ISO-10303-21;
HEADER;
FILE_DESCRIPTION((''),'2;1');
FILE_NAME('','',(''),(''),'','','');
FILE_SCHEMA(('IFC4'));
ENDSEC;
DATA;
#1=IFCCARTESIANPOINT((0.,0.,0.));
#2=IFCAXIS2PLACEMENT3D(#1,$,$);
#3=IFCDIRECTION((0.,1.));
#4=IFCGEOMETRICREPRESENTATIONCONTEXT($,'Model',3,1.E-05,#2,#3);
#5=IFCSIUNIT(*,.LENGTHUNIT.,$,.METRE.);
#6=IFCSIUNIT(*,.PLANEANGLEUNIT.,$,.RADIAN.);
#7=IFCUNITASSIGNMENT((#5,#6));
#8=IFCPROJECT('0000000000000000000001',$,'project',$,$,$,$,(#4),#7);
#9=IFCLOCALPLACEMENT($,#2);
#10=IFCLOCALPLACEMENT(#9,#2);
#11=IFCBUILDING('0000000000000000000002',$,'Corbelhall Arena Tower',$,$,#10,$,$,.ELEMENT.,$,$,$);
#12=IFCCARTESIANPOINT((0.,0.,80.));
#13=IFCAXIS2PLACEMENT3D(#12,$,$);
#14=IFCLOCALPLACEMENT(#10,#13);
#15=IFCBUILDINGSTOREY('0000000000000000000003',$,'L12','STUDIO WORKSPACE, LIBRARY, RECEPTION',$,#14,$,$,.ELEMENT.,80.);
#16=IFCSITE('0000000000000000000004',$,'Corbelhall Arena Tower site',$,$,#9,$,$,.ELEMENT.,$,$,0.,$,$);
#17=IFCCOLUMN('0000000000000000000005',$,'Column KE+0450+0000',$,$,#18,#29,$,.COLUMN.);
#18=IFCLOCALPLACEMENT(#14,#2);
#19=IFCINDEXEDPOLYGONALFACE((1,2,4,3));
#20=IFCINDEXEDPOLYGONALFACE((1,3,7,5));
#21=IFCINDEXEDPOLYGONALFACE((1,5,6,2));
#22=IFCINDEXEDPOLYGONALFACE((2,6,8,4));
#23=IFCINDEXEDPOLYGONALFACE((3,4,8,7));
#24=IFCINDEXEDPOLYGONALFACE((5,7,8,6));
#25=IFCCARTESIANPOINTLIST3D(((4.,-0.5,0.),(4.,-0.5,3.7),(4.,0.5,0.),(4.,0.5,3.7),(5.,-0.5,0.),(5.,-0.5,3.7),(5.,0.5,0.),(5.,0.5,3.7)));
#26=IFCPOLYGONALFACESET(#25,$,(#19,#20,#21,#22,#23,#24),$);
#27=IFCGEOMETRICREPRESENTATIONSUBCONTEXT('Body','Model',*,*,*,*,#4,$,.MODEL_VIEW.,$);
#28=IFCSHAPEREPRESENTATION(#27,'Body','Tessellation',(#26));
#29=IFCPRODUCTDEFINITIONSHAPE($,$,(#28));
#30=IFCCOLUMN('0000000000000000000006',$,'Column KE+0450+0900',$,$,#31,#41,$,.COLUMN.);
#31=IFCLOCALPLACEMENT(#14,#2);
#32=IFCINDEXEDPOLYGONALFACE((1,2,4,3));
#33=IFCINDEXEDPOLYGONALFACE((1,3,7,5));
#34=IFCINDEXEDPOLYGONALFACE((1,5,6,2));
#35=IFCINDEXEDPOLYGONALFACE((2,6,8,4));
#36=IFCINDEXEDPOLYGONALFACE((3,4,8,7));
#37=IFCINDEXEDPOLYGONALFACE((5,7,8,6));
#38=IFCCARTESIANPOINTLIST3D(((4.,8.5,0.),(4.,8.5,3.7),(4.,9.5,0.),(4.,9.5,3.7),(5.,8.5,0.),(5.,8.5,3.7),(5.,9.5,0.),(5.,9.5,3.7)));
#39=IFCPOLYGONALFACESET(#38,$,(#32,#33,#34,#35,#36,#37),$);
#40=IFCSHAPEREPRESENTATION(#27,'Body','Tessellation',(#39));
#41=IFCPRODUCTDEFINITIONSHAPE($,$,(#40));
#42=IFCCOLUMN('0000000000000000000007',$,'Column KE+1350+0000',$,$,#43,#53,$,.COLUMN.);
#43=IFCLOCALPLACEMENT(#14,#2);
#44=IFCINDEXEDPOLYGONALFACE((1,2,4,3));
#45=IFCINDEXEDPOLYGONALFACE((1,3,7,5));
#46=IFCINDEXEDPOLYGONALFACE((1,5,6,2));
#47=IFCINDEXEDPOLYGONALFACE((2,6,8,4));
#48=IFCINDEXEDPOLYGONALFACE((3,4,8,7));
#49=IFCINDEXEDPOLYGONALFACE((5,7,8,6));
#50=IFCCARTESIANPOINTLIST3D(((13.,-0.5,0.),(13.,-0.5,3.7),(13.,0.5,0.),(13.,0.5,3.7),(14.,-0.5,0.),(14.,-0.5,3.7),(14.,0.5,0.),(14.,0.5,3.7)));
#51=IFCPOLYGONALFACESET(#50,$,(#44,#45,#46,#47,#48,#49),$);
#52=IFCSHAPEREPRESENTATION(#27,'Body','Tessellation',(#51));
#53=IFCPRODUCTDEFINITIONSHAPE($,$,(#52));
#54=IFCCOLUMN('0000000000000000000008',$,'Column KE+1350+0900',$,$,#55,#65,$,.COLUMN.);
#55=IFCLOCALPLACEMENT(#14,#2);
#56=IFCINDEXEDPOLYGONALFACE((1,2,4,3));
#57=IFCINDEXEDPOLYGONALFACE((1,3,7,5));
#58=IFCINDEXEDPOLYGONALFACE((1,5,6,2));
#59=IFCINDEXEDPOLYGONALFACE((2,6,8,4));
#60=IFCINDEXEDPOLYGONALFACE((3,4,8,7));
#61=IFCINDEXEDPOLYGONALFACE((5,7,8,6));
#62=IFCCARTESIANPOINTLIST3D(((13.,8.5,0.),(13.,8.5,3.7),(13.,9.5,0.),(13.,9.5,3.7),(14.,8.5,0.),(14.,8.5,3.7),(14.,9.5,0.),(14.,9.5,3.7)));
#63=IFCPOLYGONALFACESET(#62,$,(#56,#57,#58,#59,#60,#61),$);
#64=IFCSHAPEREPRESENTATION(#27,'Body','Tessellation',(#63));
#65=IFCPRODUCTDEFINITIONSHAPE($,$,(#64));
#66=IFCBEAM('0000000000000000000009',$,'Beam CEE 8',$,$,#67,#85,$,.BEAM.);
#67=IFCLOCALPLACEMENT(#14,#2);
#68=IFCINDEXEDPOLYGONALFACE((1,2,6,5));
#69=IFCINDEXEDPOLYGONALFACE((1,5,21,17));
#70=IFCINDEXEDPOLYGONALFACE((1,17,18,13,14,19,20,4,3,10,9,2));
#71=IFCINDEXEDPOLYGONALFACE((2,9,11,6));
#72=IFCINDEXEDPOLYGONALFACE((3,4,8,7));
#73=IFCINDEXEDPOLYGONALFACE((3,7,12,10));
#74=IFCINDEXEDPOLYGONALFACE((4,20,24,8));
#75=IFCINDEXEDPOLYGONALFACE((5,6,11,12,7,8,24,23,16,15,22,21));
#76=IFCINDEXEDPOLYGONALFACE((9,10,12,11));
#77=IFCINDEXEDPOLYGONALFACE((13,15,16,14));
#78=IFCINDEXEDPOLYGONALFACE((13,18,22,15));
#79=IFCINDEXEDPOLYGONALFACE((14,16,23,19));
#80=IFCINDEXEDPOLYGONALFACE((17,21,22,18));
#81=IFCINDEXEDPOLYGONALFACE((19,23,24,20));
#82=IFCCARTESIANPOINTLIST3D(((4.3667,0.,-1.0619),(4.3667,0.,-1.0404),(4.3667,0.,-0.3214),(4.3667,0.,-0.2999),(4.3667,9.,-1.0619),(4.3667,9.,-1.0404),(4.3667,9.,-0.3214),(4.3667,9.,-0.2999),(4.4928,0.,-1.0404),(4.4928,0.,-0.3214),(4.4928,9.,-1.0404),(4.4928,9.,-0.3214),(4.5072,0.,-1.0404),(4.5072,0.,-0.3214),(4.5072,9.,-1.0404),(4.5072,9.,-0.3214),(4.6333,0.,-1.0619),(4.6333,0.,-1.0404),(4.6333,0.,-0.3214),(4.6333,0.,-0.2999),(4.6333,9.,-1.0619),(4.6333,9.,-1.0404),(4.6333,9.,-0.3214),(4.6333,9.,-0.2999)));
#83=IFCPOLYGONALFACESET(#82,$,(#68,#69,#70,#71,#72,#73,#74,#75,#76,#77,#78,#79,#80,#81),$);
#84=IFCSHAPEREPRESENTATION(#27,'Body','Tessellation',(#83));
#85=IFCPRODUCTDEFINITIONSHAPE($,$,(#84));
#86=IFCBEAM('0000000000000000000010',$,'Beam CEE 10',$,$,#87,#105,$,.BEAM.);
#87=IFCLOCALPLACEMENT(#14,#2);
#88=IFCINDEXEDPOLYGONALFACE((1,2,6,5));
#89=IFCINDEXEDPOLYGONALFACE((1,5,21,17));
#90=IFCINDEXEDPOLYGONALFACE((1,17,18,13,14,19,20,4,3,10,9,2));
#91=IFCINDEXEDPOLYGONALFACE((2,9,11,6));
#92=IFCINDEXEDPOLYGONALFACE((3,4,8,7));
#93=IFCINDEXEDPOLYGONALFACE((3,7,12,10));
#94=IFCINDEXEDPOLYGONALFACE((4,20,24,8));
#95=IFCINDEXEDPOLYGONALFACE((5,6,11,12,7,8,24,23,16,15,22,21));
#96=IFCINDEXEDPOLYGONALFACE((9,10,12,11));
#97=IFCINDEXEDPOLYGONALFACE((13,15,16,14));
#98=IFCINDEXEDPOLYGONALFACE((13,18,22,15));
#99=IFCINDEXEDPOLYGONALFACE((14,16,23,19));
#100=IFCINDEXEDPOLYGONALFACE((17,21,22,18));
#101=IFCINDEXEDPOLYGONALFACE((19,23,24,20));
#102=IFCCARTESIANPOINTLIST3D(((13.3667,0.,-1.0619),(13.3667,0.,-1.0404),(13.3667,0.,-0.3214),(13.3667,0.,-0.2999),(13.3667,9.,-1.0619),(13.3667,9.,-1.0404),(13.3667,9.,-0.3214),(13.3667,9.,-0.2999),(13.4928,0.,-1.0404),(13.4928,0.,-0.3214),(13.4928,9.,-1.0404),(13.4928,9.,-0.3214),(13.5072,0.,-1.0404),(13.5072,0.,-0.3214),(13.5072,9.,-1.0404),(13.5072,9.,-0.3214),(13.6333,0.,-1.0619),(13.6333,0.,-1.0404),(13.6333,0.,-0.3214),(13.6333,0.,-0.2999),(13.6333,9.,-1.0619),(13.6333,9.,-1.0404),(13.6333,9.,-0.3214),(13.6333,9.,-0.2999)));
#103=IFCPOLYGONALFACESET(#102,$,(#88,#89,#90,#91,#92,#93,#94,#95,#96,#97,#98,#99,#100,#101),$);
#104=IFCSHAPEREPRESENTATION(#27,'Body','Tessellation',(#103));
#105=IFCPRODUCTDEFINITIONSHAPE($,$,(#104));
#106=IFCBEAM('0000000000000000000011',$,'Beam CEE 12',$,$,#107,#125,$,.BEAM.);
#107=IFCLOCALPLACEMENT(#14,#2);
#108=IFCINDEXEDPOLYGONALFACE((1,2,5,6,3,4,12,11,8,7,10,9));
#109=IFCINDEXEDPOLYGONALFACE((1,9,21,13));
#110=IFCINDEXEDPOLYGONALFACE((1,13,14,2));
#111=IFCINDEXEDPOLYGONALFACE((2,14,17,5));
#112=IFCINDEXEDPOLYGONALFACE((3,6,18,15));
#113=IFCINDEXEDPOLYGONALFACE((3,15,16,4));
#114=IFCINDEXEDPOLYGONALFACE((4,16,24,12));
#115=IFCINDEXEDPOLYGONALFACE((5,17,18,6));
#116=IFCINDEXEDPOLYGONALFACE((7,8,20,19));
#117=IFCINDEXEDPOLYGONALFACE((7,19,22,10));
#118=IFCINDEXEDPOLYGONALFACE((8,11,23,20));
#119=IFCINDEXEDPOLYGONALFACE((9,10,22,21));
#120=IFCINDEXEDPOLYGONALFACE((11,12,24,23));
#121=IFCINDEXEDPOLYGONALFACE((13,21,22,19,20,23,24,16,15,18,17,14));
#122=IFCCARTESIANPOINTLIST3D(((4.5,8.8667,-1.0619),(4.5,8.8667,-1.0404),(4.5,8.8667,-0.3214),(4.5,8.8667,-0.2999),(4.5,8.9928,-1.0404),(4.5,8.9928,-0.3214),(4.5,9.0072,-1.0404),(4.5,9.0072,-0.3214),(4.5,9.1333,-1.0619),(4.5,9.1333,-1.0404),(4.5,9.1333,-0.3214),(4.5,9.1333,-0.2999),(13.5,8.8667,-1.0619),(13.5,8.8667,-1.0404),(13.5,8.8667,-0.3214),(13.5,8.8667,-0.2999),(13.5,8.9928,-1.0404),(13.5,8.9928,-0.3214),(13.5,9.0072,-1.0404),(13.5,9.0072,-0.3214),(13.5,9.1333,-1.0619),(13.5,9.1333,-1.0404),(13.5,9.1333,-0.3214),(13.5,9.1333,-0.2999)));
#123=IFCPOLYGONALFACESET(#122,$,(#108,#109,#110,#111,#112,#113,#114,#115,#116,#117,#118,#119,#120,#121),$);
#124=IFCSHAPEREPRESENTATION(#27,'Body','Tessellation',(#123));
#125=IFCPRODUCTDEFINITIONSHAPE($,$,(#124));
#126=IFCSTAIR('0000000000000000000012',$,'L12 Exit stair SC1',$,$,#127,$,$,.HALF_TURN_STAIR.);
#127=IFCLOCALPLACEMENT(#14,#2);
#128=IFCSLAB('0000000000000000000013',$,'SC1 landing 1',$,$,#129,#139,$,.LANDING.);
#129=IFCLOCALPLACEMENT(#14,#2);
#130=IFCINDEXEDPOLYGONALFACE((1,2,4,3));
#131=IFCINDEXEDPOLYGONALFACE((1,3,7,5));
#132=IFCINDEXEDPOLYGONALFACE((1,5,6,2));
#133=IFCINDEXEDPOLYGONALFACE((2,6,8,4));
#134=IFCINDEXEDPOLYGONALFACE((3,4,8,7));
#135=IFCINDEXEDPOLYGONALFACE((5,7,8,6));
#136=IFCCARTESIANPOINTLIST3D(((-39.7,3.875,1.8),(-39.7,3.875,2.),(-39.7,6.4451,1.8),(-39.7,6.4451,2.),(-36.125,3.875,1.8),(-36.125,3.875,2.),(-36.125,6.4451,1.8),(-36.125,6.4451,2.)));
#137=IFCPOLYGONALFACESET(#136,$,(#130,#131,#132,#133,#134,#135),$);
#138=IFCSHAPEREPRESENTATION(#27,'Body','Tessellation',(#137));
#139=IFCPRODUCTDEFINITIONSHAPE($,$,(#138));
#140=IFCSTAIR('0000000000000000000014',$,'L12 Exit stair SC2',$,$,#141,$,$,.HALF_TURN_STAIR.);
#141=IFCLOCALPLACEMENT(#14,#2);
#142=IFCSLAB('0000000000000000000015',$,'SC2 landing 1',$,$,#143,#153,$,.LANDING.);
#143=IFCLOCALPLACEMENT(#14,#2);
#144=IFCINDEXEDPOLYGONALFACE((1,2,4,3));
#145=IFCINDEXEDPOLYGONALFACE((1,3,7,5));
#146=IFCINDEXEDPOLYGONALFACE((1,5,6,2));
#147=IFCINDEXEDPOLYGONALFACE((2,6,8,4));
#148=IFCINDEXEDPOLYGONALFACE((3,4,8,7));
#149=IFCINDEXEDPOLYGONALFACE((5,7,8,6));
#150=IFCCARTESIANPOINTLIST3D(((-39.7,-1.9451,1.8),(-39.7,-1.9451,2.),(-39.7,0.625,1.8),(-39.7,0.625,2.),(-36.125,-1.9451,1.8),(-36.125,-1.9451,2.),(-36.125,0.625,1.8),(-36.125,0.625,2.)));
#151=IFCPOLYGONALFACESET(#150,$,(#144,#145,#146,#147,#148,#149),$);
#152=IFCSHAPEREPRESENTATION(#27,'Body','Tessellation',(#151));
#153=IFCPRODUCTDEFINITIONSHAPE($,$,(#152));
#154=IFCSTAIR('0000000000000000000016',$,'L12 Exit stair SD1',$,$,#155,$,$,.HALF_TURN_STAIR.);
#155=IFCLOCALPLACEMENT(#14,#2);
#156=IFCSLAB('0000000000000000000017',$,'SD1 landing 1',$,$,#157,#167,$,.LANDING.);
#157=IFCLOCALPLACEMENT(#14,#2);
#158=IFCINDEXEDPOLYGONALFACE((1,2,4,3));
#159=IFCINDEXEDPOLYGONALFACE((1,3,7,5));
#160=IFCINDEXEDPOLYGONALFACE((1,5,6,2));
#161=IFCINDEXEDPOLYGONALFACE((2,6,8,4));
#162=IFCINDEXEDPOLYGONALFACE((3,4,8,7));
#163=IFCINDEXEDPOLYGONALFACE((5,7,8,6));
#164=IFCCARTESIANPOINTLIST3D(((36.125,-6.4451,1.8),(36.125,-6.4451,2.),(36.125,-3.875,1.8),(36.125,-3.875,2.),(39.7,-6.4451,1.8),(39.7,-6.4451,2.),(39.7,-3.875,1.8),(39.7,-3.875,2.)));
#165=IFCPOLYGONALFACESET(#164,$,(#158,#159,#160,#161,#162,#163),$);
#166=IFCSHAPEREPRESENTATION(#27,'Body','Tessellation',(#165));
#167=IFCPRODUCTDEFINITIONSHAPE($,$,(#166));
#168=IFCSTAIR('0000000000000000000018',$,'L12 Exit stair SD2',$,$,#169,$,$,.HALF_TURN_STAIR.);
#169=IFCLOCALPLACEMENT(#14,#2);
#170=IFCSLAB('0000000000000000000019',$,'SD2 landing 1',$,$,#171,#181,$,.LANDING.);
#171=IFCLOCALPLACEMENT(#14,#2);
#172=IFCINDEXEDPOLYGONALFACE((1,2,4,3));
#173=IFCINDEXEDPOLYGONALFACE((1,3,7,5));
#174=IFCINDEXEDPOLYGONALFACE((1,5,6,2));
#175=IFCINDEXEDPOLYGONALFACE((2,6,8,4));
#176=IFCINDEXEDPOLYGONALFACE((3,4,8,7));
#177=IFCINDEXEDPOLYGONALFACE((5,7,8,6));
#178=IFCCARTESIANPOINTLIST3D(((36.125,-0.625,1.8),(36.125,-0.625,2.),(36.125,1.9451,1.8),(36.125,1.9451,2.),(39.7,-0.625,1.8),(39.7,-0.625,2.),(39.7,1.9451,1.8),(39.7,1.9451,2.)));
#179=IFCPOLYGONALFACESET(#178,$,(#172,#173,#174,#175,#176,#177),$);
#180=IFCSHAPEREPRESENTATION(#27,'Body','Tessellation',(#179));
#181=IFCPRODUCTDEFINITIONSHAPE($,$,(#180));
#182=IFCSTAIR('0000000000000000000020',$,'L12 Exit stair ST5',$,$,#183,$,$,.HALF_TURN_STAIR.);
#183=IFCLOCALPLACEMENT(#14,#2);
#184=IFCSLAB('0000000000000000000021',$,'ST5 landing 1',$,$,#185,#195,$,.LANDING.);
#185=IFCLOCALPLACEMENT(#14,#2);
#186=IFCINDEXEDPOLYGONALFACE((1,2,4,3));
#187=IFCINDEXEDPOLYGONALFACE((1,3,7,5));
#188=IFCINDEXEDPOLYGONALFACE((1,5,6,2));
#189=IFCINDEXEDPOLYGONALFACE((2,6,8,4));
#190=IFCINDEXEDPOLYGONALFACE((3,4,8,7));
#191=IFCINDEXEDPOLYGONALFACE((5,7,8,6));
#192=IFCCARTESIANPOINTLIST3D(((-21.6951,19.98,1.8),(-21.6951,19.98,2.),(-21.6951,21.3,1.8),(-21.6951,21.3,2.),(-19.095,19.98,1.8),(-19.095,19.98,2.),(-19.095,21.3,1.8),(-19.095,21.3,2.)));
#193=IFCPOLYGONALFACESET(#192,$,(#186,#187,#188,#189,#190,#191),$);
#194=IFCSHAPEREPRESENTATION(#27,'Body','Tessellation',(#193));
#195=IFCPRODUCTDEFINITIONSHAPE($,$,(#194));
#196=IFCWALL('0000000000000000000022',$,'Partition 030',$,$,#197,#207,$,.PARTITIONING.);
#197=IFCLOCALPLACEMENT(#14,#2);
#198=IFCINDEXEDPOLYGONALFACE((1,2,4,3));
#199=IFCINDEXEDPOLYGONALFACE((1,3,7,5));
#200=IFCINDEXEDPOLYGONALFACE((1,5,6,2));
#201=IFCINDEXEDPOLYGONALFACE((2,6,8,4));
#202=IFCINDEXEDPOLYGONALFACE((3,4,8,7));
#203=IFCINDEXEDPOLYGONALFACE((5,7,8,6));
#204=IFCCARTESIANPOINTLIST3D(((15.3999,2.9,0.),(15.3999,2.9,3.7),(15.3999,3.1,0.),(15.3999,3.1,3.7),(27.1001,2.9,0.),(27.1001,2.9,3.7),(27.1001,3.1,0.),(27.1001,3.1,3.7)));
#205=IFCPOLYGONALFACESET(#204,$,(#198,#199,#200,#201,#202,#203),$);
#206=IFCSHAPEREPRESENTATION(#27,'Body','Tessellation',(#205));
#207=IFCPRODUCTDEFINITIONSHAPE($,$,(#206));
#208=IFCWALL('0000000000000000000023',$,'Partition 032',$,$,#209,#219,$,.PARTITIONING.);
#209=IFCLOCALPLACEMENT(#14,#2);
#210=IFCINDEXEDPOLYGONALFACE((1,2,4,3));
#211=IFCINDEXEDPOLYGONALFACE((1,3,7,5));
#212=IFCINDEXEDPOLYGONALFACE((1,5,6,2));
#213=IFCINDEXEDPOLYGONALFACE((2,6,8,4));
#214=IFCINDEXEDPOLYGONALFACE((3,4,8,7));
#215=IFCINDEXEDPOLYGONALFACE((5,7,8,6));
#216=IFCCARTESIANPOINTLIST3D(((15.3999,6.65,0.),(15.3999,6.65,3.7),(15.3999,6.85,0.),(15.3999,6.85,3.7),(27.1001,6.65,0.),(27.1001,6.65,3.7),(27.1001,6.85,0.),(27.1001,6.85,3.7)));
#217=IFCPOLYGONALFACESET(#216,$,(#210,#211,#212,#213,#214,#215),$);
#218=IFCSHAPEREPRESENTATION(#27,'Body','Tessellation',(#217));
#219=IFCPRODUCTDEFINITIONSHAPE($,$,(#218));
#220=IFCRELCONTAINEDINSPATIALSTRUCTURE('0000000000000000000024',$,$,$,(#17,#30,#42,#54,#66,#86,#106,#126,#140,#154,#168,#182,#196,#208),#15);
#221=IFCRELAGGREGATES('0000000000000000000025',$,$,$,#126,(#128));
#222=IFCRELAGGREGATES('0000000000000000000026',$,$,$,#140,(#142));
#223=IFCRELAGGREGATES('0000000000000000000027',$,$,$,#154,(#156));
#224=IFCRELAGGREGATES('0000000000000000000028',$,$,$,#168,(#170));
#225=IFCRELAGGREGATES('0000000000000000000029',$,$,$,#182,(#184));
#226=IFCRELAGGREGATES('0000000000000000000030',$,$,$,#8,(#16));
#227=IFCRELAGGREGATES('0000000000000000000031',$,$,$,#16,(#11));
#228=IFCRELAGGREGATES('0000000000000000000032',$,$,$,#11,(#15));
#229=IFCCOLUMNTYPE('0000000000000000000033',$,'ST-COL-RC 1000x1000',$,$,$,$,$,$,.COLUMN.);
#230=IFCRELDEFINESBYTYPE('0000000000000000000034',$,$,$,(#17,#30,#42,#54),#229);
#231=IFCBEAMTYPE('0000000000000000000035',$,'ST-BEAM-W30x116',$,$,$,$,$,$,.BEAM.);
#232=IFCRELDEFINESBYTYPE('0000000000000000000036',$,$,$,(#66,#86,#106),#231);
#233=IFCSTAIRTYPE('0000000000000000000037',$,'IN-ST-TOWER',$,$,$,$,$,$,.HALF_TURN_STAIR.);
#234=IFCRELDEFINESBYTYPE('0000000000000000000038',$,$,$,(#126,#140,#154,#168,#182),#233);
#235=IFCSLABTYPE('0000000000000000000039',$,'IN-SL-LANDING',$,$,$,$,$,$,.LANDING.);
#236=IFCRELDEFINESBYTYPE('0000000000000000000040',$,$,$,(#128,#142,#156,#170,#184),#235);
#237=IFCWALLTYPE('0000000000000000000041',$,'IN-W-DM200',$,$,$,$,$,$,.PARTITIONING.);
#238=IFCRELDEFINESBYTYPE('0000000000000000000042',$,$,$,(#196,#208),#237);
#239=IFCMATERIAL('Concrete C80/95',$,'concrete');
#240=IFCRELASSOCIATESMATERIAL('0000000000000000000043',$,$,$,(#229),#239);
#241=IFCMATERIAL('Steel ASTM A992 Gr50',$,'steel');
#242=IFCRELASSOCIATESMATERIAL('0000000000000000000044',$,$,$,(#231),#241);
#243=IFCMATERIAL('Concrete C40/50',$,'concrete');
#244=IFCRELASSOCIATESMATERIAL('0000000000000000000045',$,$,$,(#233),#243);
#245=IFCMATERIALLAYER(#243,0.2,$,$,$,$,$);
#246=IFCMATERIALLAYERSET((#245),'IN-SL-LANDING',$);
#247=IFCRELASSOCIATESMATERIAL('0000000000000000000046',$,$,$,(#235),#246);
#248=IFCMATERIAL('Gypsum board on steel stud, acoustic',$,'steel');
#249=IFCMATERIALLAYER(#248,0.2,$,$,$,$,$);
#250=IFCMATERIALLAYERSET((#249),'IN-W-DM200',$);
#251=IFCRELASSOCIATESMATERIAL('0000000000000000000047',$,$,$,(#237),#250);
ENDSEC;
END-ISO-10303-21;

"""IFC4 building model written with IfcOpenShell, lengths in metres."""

from ifc_helpers import new_model, si_unit, direction, frame, frame_2d, origin, origin_2d, place, context, subcontext, project, spatial, polyline, rectangle, i_section, outline, extrude, material, layer, layer_set, material_profile, profile_set, type_object, element, aggregate, save


model = new_model("IFC4")

# Units and contexts
model_context = context("Model", 3, precision=1e-05, world=origin(), true_north=direction((0.0, 1.0)))
body_context = subcontext(model_context, "Body", "Model", "MODEL_VIEW")
ifc_project = project(units=[si_unit("LENGTHUNIT", "METRE"), si_unit("PLANEANGLEUNIT", "RADIAN")], contexts=[model_context])

# Site, building, storey
site_placement = place(None, origin())
site = spatial("IfcSite", under=ifc_project, at=site_placement, Name="Corbelhall Arena Tower site", CompositionType="ELEMENT", RefElevation=0.0)
building_placement = place(site_placement, origin())
building = spatial("IfcBuilding", under=site, at=building_placement, Name="Corbelhall Arena Tower", CompositionType="ELEMENT")
storey_placement = place(building_placement, frame((0.0, 0.0, 80.0)))
storey = spatial("IfcBuildingStorey", under=building, at=storey_placement, Name="L12", Description="STUDIO WORKSPACE, LIBRARY, RECEPTION", CompositionType="ELEMENT", Elevation=80.0)

# Columns
ifc_material_1 = material(Name="Concrete C80/95", Category="concrete")
ifc_material_profile_1 = material_profile(ifc_material_1, rectangle(XDim=1.0, YDim=1.0, at=origin_2d()))
ifc_profile_set_1 = profile_set([ifc_material_profile_1], Name="Concrete C80/95")
column_type = type_object("IfcColumnType", Name="ST-COL-RC 1000x1000", PredefinedType="COLUMN", material=ifc_profile_set_1)
for number, where, z_axis, x_axis, name in (
    (1, (4.5, 0.0, 0.0), (0.0, 0.0, 1.0), (1.0, 0.0, 0.0), "Column KE+0450+0000"),
    (2, (4.5, 9.0, 0.0), (0.0, 0.0, 1.0), (1.0, 0.0, 0.0), "Column KE+0450+0900"),
    (3, (13.5, 0.0, 0.0), (0.0, 0.0, 1.0), (1.0, 0.0, 0.0), "Column KE+1350+0000"),
    (4, (13.5, 9.0, 0.0), (0.0, 0.0, 1.0), (1.0, 0.0, 0.0), "Column KE+1350+0900"),
):
    element("IfcColumn", number, at=place(storey_placement, frame(where, z_axis=z_axis, x_axis=x_axis)), inside=storey, type_object=column_type, Name=name, PredefinedType="COLUMN", context=body_context, shape_type="SweptSolid", body=[
        extrude(rectangle(XDim=1.0, YDim=1.0, at=origin_2d()), origin(), (0.0, 0.0, 1.0), 3.7),
    ])

# Beams
ifc_material_2 = material(Name="Steel ASTM A992 Gr50", Category="steel")
ifc_material_profile_2 = material_profile(ifc_material_2, i_section(OverallWidth=0.2666, OverallDepth=0.762, WebThickness=0.0144, FlangeThickness=0.0215, at=origin_2d()))
ifc_profile_set_2 = profile_set([ifc_material_profile_2], Name="Steel ASTM A992 Gr50")
beam_type = type_object("IfcBeamType", Name="ST-BEAM-W30x116", PredefinedType="BEAM", material=ifc_profile_set_2)
for number, where, z_axis, x_axis, name in (
    (5, (4.5, 0.0, -0.6809), (0.0, 1.0, 0.0), (-1.0, 0.0, 0.0), "Beam CEE 8"),
    (6, (13.5, 0.0, -0.6809), (0.0, 1.0, 0.0), (-1.0, 0.0, 0.0), "Beam CEE 10"),
    (7, (4.5, 9.0, -0.6809), (1.0, 0.0, 0.0), (0.0, 1.0, 0.0), "Beam CEE 12"),
):
    element("IfcBeam", number, at=place(storey_placement, frame(where, z_axis=z_axis, x_axis=x_axis)), inside=storey, type_object=beam_type, Name=name, PredefinedType="BEAM", context=body_context, shape_type="SweptSolid", body=[
        extrude(i_section(OverallWidth=0.2666, OverallDepth=0.762, WebThickness=0.0144, FlangeThickness=0.0215, at=origin_2d()), origin(), (0.0, 0.0, 1.0), 9.0),
    ])

# Stairs, slabs
ifc_material_3 = material(Name="Concrete C40/50", Category="concrete")
stair_type = type_object("IfcStairType", Name="IN-ST-TOWER", PredefinedType="HALF_TURN_STAIR", material=ifc_material_3)
stair_1_placement = place(storey_placement, origin())
stair_1 = element("IfcStair", 8, at=stair_1_placement, inside=storey, type_object=stair_type, Name="L12 Exit stair SC1", PredefinedType="HALF_TURN_STAIR")
ifc_layer_1 = layer(ifc_material_3, 0.2)
ifc_layer_set_1 = layer_set([ifc_layer_1], Name="IN-SL-LANDING")
slab_type = type_object("IfcSlabType", Name="IN-SL-LANDING", PredefinedType="LANDING", material=ifc_layer_set_1)
slab_1_placement = place(storey_placement, frame((0.0, 0.0, 1.8)))
slab_1 = element("IfcSlab", 9, at=slab_1_placement, type_object=slab_type, Name="SC1 landing 1", PredefinedType="LANDING", context=body_context, shape_type="SweptSolid", body=[
    extrude(outline(polyline([(-39.7, 6.4451), (-39.7, 3.875), (-36.125, 3.875), (-36.125, 6.4451), (-39.7, 6.4451)])), origin(), (0.0, 0.0, 1.0), 0.2),
])
aggregate(stair_1, [slab_1])
stair_2_placement = place(storey_placement, origin())
stair_2 = element("IfcStair", 10, at=stair_2_placement, inside=storey, type_object=stair_type, Name="L12 Exit stair SC2", PredefinedType="HALF_TURN_STAIR")
slab_2_placement = place(storey_placement, frame((0.0, 0.0, 1.8)))
slab_2 = element("IfcSlab", 11, at=slab_2_placement, type_object=slab_type, Name="SC2 landing 1", PredefinedType="LANDING", context=body_context, shape_type="SweptSolid", body=[
    extrude(outline(polyline([(-36.125, -1.9451), (-36.125, 0.625), (-39.7, 0.625), (-39.7, -1.9451), (-36.125, -1.9451)])), origin(), (0.0, 0.0, 1.0), 0.2),
])
aggregate(stair_2, [slab_2])
stair_3_placement = place(storey_placement, origin())
stair_3 = element("IfcStair", 12, at=stair_3_placement, inside=storey, type_object=stair_type, Name="L12 Exit stair SD1", PredefinedType="HALF_TURN_STAIR")
slab_3_placement = place(storey_placement, frame((0.0, 0.0, 1.8)))
slab_3 = element("IfcSlab", 13, at=slab_3_placement, type_object=slab_type, Name="SD1 landing 1", PredefinedType="LANDING", context=body_context, shape_type="SweptSolid", body=[
    extrude(outline(polyline([(39.7, -6.4451), (39.7, -3.875), (36.125, -3.875), (36.125, -6.4451), (39.7, -6.4451)])), origin(), (0.0, 0.0, 1.0), 0.2),
])
aggregate(stair_3, [slab_3])
stair_4_placement = place(storey_placement, origin())
stair_4 = element("IfcStair", 14, at=stair_4_placement, inside=storey, type_object=stair_type, Name="L12 Exit stair SD2", PredefinedType="HALF_TURN_STAIR")
slab_4_placement = place(storey_placement, frame((0.0, 0.0, 1.8)))
slab_4 = element("IfcSlab", 15, at=slab_4_placement, type_object=slab_type, Name="SD2 landing 1", PredefinedType="LANDING", context=body_context, shape_type="SweptSolid", body=[
    extrude(outline(polyline([(36.125, 1.9451), (36.125, -0.625), (39.7, -0.625), (39.7, 1.9451), (36.125, 1.9451)])), origin(), (0.0, 0.0, 1.0), 0.2),
])
aggregate(stair_4, [slab_4])
stair_5_placement = place(storey_placement, origin())
stair_5 = element("IfcStair", 16, at=stair_5_placement, inside=storey, type_object=stair_type, Name="L12 Exit stair ST5", PredefinedType="HALF_TURN_STAIR")
slab_5_placement = place(storey_placement, frame((0.0, 0.0, 1.8)))
slab_5 = element("IfcSlab", 17, at=slab_5_placement, type_object=slab_type, Name="ST5 landing 1", PredefinedType="LANDING", context=body_context, shape_type="SweptSolid", body=[
    extrude(outline(polyline([(-19.095, 19.98), (-19.095, 21.3), (-21.6951, 21.3), (-21.6951, 19.98), (-19.095, 19.98)])), origin(), (0.0, 0.0, 1.0), 0.2),
])
aggregate(stair_5, [slab_5])

# Walls
ifc_material_4 = material(Name="Gypsum board on steel stud, acoustic", Category="steel")
ifc_layer_2 = layer(ifc_material_4, 0.2)
ifc_layer_set_2 = layer_set([ifc_layer_2], Name="IN-W-DM200")
wall_type_1 = type_object("IfcWallType", Name="IN-W-DM200", PredefinedType="PARTITIONING", material=ifc_layer_set_2)
for number, where, z_axis, x_axis, name in (
    (18, (15.3999, 3.0, 0.0), (0.0, 0.0, 1.0), (1.0, 0.0, 0.0), "Partition 030"),
    (19, (15.3999, 6.75, 0.0), (0.0, 0.0, 1.0), (1.0, 0.0, 0.0), "Partition 032"),
):
    element("IfcWall", number, at=place(storey_placement, frame(where, z_axis=z_axis, x_axis=x_axis)), inside=storey, type_object=wall_type_1, Name=name, PredefinedType="PARTITIONING", context=body_context, shape_type="SweptSolid", body=[
        extrude(rectangle(XDim=11.7002, YDim=0.2, at=frame_2d((5.8501, 0.0))), origin(), (0.0, 0.0, 1.0), 3.7),
    ])

save(model, "model.ifc")
